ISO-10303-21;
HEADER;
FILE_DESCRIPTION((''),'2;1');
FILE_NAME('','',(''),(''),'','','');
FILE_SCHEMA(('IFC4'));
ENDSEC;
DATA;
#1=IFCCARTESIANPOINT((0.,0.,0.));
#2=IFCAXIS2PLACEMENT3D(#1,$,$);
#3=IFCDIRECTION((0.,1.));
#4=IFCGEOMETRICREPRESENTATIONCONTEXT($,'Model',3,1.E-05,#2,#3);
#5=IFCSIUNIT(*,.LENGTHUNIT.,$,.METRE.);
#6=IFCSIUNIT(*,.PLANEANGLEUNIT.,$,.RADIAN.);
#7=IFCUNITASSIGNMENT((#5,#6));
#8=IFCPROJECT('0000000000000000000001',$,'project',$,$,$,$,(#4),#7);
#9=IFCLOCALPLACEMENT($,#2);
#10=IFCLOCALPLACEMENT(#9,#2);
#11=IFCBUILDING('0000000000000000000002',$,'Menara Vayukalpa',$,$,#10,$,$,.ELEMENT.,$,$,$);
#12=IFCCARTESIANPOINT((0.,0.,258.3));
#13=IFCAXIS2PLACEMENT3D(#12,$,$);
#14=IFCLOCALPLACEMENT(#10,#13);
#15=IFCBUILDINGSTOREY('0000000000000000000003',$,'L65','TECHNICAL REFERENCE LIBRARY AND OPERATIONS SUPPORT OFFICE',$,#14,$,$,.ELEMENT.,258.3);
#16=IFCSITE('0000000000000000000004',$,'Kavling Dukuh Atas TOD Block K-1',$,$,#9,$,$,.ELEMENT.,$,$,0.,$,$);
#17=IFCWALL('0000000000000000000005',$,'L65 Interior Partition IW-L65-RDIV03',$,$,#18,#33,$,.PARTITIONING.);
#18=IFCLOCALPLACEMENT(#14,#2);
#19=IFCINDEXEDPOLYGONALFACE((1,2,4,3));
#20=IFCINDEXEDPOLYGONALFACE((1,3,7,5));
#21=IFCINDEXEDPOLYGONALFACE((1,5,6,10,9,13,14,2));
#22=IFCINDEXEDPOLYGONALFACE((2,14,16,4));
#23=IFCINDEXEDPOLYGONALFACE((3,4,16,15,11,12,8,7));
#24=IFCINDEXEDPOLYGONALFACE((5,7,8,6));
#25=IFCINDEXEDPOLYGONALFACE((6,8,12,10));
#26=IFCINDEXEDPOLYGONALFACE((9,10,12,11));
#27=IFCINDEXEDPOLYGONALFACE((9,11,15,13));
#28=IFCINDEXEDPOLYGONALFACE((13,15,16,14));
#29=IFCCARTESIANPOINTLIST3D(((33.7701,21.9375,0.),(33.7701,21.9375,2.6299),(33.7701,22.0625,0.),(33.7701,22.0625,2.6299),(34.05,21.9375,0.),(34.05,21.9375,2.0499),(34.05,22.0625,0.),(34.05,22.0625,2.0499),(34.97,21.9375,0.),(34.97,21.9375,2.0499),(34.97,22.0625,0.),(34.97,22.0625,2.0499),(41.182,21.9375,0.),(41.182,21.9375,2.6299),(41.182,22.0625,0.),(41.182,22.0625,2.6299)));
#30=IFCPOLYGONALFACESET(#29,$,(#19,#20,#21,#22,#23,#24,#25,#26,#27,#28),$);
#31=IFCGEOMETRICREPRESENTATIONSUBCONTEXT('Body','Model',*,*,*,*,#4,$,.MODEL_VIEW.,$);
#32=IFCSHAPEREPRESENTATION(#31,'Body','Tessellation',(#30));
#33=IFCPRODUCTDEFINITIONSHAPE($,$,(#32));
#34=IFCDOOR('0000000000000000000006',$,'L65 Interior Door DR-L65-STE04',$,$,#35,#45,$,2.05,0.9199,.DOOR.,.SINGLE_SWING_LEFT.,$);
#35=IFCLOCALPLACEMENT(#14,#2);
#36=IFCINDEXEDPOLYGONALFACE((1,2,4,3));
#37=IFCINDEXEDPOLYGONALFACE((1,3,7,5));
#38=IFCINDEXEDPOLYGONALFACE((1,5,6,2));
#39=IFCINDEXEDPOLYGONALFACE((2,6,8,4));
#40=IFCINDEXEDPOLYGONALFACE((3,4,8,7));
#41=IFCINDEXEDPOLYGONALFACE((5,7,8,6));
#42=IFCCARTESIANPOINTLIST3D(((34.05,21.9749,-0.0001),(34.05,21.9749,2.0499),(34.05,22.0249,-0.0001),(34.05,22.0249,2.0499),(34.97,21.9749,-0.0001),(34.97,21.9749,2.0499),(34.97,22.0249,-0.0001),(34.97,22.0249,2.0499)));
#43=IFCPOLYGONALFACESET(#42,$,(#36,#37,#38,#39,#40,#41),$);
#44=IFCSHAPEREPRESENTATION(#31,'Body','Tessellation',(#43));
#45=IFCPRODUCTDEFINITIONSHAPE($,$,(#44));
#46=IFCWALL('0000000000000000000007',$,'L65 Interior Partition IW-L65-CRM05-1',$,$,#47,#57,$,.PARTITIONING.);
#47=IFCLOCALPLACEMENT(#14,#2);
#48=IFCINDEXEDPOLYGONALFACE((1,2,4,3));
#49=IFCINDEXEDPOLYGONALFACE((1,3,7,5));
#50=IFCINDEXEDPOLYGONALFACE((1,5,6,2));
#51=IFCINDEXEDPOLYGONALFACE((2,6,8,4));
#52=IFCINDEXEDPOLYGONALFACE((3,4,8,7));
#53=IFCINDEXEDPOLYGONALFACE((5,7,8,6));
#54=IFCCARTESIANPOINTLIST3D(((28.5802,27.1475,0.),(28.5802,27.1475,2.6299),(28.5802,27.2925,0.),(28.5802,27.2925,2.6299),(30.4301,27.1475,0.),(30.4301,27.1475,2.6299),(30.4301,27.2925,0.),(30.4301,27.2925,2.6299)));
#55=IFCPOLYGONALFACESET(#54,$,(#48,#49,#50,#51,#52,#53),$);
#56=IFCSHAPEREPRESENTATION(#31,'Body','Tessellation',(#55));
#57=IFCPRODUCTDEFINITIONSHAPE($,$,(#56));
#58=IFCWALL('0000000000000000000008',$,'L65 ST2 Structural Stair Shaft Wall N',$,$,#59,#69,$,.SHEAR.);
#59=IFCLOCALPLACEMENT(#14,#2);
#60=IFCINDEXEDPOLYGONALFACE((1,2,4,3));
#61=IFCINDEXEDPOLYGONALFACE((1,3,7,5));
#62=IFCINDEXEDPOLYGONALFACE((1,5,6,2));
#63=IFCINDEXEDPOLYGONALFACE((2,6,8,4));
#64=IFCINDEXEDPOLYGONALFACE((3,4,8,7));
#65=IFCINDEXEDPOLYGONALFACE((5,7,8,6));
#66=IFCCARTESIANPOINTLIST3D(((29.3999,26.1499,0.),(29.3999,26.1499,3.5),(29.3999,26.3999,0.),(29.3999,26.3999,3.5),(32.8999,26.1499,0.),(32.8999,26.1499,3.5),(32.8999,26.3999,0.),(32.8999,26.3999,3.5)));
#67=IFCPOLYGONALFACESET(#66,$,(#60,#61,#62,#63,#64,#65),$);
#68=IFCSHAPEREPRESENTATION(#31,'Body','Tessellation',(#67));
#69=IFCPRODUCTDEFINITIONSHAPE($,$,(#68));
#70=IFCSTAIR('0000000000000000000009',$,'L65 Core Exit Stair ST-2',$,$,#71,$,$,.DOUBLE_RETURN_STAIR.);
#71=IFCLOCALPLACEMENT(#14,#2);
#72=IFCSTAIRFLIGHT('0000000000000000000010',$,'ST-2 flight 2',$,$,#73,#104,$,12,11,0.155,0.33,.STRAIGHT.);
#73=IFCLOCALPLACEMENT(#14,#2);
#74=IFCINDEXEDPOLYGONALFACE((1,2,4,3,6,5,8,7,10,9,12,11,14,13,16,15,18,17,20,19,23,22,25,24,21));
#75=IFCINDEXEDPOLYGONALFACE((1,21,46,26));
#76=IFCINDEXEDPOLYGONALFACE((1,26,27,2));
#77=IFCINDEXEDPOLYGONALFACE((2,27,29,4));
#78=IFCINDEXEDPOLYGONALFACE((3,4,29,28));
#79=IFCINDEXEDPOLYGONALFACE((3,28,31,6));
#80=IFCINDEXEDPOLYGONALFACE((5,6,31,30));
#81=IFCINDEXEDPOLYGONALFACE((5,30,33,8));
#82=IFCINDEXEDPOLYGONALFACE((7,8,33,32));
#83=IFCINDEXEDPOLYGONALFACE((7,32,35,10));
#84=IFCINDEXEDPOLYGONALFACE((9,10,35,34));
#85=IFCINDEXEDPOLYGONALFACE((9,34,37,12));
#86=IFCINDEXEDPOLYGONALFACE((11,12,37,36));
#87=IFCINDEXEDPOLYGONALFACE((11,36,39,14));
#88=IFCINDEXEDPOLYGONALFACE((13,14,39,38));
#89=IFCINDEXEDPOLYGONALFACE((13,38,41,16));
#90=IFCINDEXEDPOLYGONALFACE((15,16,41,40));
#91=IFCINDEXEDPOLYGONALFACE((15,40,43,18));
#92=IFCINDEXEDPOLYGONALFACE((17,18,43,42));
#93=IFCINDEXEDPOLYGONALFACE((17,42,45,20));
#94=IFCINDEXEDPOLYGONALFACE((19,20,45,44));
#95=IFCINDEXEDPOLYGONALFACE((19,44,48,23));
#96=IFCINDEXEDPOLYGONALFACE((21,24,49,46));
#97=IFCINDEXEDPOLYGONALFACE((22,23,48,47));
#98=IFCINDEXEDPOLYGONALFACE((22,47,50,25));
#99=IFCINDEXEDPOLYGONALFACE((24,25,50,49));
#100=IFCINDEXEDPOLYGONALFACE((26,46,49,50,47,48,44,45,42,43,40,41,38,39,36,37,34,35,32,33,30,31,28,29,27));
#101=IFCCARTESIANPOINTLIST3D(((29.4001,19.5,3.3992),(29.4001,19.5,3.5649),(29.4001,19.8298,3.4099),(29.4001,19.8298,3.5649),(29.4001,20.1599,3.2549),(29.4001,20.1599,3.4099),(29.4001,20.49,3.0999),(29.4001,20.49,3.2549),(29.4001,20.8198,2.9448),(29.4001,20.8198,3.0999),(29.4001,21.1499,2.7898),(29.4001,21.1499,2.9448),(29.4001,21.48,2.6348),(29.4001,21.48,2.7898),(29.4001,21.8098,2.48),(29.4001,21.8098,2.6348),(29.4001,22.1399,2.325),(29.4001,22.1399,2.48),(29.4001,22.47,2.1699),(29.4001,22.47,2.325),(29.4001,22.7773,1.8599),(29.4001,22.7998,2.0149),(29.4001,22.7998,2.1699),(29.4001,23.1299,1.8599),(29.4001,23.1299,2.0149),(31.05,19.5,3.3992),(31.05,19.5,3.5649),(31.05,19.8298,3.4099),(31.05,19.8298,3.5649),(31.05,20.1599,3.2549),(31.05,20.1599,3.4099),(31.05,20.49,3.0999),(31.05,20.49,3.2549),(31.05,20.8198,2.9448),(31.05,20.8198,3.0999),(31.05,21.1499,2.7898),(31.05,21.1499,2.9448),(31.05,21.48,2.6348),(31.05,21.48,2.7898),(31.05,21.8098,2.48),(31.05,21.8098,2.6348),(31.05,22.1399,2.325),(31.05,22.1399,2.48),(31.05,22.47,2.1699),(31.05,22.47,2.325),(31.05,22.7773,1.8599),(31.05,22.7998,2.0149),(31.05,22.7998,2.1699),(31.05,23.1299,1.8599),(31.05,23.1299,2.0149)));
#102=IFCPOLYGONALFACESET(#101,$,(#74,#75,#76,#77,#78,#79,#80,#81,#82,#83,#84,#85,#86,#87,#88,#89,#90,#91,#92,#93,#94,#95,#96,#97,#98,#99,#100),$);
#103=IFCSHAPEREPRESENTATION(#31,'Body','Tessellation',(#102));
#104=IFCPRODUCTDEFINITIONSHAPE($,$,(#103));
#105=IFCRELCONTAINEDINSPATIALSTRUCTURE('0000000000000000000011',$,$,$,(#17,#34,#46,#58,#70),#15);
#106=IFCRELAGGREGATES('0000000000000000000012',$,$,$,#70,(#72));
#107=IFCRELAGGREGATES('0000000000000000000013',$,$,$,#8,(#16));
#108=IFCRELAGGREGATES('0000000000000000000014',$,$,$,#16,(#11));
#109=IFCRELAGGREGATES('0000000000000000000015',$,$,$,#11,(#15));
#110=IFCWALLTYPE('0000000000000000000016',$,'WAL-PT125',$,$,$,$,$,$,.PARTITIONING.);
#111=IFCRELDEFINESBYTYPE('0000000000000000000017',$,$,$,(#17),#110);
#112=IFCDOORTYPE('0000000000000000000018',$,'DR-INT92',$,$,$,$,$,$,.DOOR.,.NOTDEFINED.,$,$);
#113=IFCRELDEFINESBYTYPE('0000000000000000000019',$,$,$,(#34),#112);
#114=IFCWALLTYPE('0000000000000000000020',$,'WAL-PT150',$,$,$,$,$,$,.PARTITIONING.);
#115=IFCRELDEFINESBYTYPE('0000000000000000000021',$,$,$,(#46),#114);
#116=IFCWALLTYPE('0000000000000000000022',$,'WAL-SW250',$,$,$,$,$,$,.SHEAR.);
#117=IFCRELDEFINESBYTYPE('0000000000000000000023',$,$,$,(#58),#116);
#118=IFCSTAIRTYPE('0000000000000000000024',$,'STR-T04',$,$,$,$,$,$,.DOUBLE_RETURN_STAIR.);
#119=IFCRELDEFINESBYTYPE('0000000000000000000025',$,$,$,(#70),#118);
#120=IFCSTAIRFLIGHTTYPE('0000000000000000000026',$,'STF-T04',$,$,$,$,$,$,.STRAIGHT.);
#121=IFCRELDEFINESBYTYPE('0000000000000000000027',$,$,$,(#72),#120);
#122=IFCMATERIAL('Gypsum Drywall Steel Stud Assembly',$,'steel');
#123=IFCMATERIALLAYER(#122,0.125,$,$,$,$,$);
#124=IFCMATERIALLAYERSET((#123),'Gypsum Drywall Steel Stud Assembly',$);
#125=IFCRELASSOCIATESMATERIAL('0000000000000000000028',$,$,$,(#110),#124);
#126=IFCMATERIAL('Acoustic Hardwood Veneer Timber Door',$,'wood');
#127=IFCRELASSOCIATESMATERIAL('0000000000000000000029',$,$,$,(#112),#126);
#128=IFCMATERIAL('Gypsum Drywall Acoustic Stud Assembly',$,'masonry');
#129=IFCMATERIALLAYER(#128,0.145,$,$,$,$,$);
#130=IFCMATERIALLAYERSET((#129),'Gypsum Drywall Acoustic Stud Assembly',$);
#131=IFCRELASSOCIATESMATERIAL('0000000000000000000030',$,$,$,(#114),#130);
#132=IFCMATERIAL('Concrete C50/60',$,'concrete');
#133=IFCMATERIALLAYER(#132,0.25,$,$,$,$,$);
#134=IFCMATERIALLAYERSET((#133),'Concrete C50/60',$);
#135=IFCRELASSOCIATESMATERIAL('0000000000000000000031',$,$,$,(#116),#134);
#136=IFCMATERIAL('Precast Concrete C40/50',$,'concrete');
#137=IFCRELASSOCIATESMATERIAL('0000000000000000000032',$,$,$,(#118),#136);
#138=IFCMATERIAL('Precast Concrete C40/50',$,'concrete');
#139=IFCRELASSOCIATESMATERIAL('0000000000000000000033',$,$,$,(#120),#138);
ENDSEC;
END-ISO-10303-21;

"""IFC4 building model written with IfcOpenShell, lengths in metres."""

from ifc_helpers import new_model, si_unit, direction, frame, frame_2d, origin, place, context, subcontext, project, spatial, polyline, rectangle, outline, extrude, material, layer, layer_set, type_object, element, fill, aggregate, save


model = new_model("IFC4")

# Units and contexts
model_context = context("Model", 3, precision=1e-05, world=origin(), true_north=direction((0.0, 1.0)))
body_context = subcontext(model_context, "Body", "Model", "MODEL_VIEW")
ifc_project = project(units=[si_unit("LENGTHUNIT", "METRE"), si_unit("PLANEANGLEUNIT", "RADIAN")], contexts=[model_context])

# Site, building, storey
site_placement = place(None, origin())
site = spatial("IfcSite", under=ifc_project, at=site_placement, Name="Kavling Dukuh Atas TOD Block K-1", CompositionType="ELEMENT", RefElevation=0.0)
building_placement = place(site_placement, origin())
building = spatial("IfcBuilding", under=site, at=building_placement, Name="Menara Vayukalpa", CompositionType="ELEMENT")
storey_placement = place(building_placement, frame((0.0, 0.0, 258.3)))
storey = spatial("IfcBuildingStorey", under=building, at=storey_placement, Name="L65", Description="TECHNICAL REFERENCE LIBRARY AND OPERATIONS SUPPORT OFFICE", CompositionType="ELEMENT", Elevation=258.3)

# Shared definitions
ifc_material_1 = material(Name="Gypsum Drywall Steel Stud Assembly", Category="steel")
ifc_layer_1 = layer(ifc_material_1, 0.125)
ifc_layer_set_1 = layer_set([ifc_layer_1], Name="Gypsum Drywall Steel Stud Assembly")
wall_type_1 = type_object("IfcWallType", Name="WAL-PT125", PredefinedType="PARTITIONING", material=ifc_layer_set_1)

# Wall, opening, door
wall_1_placement = place(storey_placement, frame((33.77, 22.0, 0.0), z_axis=(0.0, 0.0, 1.0), x_axis=(1.0, 0.0, 0.0)))
wall_1 = element("IfcWall", 1, at=wall_1_placement, inside=storey, type_object=wall_type_1, Name="L65 Interior Partition IW-L65-RDIV03", PredefinedType="PARTITIONING", context=body_context, shape_type="SweptSolid", body=[
    extrude(rectangle(XDim=7.4119, YDim=0.125, at=frame_2d((3.7061, 0.0))), origin(), (0.0, 0.0, 1.0), 2.6299),
])
opening_placement = place(wall_1_placement, frame((0.28, 0.0, 0.0)))
opening = element("IfcOpeningElement", 2, at=opening_placement, cuts=wall_1, PredefinedType="OPENING", context=body_context, shape_type="SweptSolid", body=[
    extrude(rectangle(XDim=0.9199, YDim=2.05, at=frame_2d((0.46, 1.0249))), frame((0.0, 0.0725, 0.0), z_axis=(0.0, -1.0, 0.0), x_axis=(1.0, 0.0, 0.0)), (0.0, 0.0, 1.0), 0.145),
])
ifc_material_2 = material(Name="Acoustic Hardwood Veneer Timber Door", Category="wood")
door_type = type_object("IfcDoorType", Name="DR-INT92", OperationType="NOTDEFINED", PredefinedType="DOOR", material=ifc_material_2)
door_placement = place(opening_placement, origin())
door = element("IfcDoor", 3, at=door_placement, inside=storey, type_object=door_type, Name="L65 Interior Door DR-L65-STE04", OperationType="SINGLE_SWING_LEFT", OverallHeight=2.05, OverallWidth=0.9199, PredefinedType="DOOR", context=body_context, shape_type="SweptSolid", body=[
    extrude(rectangle(XDim=0.9199, YDim=2.05, at=frame_2d((0.46, 1.0249))), frame((0.0, 0.0249, 0.0), z_axis=(0.0, -1.0, 0.0), x_axis=(1.0, 0.0, 0.0)), (0.0, 0.0, 1.0), 0.05),
])
fill(opening, door)

# Walls
ifc_material_3 = material(Name="Gypsum Drywall Acoustic Stud Assembly", Category="masonry")
ifc_layer_2 = layer(ifc_material_3, 0.145)
ifc_layer_set_2 = layer_set([ifc_layer_2], Name="Gypsum Drywall Acoustic Stud Assembly")
wall_type_2 = type_object("IfcWallType", Name="WAL-PT150", PredefinedType="PARTITIONING", material=ifc_layer_set_2)
wall_2_placement = place(storey_placement, frame((30.4299, 27.22, 0.0), z_axis=(0.0, 0.0, 1.0), x_axis=(-1.0, 0.0, 0.0)))
element("IfcWall", 4, at=wall_2_placement, inside=storey, type_object=wall_type_2, Name="L65 Interior Partition IW-L65-CRM05-1", PredefinedType="PARTITIONING", context=body_context, shape_type="SweptSolid", body=[
    extrude(rectangle(XDim=1.8499, YDim=0.145, at=frame_2d((0.9248, 0.0))), origin(), (0.0, 0.0, 1.0), 2.6299),
])
ifc_material_4 = material(Name="Concrete C50/60", Category="concrete")
ifc_layer_3 = layer(ifc_material_4, 0.25)
ifc_layer_set_3 = layer_set([ifc_layer_3], Name="Concrete C50/60")
wall_type_3 = type_object("IfcWallType", Name="WAL-SW250", PredefinedType="SHEAR", material=ifc_layer_set_3)
wall_3_placement = place(storey_placement, frame((29.3999, 26.2749, 0.0), z_axis=(0.0, 0.0, 1.0), x_axis=(1.0, 0.0, 0.0)))
element("IfcWall", 5, at=wall_3_placement, inside=storey, type_object=wall_type_3, Name="L65 ST2 Structural Stair Shaft Wall N", PredefinedType="SHEAR", context=body_context, shape_type="SweptSolid", body=[
    extrude(rectangle(XDim=3.5, YDim=0.25, at=frame_2d((1.75, 0.0))), origin(), (0.0, 0.0, 1.0), 3.5),
])

# Stair, stair flight
ifc_material_5 = material(Name="Precast Concrete C40/50", Category="concrete")
stair_type = type_object("IfcStairType", Name="STR-T04", PredefinedType="DOUBLE_RETURN_STAIR", material=ifc_material_5)
stair_placement = place(storey_placement, origin())
stair = element("IfcStair", 6, at=stair_placement, inside=storey, type_object=stair_type, Name="L65 Core Exit Stair ST-2", PredefinedType="DOUBLE_RETURN_STAIR")
ifc_material_6 = material(Name="Precast Concrete C40/50", Category="concrete")
stair_flight_type = type_object("IfcStairFlightType", Name="STF-T04", PredefinedType="STRAIGHT", material=ifc_material_6)
stair_flight_placement = place(storey_placement, frame((30.2251, 23.1299, 1.8599), z_axis=(0.0, 0.0, 1.0), x_axis=(0.0, -1.0, 0.0)))
stair_flight = element("IfcStairFlight", 7, at=stair_flight_placement, type_object=stair_flight_type, Name="ST-2 flight 2", NumberOfRisers=12, NumberOfTreads=11, PredefinedType="STRAIGHT", RiserHeight=0.155, TreadLength=0.33, context=body_context, shape_type="SweptSolid", body=[
    extrude(outline(polyline([(0.0, 0.0), (0.0, 0.155), (0.3301, 0.155), (0.3301, 0.3101), (0.6599, 0.3101), (0.6599, 0.4651), (0.99, 0.4651), (0.99, 0.6201), (1.3201, 0.6201), (1.3201, 0.7749), (1.6499, 0.7749), (1.6499, 0.9299), (1.98, 0.9299), (1.98, 1.085), (2.3101, 1.085), (2.3101, 1.24), (2.6399, 1.24), (2.6399, 1.395), (2.97, 1.395), (2.97, 1.55), (3.3, 1.55), (3.3, 1.7051), (3.6299, 1.7051), (3.6299, 1.8601), (3.6299, 1.5393), (0.3525, 0.0), (0.0, 0.0)])), frame((0.0, 0.825, 0.0), z_axis=(0.0, -1.0, 0.0), x_axis=(1.0, 0.0, 0.0)), (0.0, 0.0, 1.0), 1.6499),
])
aggregate(stair, [stair_flight])

save(model, "model.ifc")
